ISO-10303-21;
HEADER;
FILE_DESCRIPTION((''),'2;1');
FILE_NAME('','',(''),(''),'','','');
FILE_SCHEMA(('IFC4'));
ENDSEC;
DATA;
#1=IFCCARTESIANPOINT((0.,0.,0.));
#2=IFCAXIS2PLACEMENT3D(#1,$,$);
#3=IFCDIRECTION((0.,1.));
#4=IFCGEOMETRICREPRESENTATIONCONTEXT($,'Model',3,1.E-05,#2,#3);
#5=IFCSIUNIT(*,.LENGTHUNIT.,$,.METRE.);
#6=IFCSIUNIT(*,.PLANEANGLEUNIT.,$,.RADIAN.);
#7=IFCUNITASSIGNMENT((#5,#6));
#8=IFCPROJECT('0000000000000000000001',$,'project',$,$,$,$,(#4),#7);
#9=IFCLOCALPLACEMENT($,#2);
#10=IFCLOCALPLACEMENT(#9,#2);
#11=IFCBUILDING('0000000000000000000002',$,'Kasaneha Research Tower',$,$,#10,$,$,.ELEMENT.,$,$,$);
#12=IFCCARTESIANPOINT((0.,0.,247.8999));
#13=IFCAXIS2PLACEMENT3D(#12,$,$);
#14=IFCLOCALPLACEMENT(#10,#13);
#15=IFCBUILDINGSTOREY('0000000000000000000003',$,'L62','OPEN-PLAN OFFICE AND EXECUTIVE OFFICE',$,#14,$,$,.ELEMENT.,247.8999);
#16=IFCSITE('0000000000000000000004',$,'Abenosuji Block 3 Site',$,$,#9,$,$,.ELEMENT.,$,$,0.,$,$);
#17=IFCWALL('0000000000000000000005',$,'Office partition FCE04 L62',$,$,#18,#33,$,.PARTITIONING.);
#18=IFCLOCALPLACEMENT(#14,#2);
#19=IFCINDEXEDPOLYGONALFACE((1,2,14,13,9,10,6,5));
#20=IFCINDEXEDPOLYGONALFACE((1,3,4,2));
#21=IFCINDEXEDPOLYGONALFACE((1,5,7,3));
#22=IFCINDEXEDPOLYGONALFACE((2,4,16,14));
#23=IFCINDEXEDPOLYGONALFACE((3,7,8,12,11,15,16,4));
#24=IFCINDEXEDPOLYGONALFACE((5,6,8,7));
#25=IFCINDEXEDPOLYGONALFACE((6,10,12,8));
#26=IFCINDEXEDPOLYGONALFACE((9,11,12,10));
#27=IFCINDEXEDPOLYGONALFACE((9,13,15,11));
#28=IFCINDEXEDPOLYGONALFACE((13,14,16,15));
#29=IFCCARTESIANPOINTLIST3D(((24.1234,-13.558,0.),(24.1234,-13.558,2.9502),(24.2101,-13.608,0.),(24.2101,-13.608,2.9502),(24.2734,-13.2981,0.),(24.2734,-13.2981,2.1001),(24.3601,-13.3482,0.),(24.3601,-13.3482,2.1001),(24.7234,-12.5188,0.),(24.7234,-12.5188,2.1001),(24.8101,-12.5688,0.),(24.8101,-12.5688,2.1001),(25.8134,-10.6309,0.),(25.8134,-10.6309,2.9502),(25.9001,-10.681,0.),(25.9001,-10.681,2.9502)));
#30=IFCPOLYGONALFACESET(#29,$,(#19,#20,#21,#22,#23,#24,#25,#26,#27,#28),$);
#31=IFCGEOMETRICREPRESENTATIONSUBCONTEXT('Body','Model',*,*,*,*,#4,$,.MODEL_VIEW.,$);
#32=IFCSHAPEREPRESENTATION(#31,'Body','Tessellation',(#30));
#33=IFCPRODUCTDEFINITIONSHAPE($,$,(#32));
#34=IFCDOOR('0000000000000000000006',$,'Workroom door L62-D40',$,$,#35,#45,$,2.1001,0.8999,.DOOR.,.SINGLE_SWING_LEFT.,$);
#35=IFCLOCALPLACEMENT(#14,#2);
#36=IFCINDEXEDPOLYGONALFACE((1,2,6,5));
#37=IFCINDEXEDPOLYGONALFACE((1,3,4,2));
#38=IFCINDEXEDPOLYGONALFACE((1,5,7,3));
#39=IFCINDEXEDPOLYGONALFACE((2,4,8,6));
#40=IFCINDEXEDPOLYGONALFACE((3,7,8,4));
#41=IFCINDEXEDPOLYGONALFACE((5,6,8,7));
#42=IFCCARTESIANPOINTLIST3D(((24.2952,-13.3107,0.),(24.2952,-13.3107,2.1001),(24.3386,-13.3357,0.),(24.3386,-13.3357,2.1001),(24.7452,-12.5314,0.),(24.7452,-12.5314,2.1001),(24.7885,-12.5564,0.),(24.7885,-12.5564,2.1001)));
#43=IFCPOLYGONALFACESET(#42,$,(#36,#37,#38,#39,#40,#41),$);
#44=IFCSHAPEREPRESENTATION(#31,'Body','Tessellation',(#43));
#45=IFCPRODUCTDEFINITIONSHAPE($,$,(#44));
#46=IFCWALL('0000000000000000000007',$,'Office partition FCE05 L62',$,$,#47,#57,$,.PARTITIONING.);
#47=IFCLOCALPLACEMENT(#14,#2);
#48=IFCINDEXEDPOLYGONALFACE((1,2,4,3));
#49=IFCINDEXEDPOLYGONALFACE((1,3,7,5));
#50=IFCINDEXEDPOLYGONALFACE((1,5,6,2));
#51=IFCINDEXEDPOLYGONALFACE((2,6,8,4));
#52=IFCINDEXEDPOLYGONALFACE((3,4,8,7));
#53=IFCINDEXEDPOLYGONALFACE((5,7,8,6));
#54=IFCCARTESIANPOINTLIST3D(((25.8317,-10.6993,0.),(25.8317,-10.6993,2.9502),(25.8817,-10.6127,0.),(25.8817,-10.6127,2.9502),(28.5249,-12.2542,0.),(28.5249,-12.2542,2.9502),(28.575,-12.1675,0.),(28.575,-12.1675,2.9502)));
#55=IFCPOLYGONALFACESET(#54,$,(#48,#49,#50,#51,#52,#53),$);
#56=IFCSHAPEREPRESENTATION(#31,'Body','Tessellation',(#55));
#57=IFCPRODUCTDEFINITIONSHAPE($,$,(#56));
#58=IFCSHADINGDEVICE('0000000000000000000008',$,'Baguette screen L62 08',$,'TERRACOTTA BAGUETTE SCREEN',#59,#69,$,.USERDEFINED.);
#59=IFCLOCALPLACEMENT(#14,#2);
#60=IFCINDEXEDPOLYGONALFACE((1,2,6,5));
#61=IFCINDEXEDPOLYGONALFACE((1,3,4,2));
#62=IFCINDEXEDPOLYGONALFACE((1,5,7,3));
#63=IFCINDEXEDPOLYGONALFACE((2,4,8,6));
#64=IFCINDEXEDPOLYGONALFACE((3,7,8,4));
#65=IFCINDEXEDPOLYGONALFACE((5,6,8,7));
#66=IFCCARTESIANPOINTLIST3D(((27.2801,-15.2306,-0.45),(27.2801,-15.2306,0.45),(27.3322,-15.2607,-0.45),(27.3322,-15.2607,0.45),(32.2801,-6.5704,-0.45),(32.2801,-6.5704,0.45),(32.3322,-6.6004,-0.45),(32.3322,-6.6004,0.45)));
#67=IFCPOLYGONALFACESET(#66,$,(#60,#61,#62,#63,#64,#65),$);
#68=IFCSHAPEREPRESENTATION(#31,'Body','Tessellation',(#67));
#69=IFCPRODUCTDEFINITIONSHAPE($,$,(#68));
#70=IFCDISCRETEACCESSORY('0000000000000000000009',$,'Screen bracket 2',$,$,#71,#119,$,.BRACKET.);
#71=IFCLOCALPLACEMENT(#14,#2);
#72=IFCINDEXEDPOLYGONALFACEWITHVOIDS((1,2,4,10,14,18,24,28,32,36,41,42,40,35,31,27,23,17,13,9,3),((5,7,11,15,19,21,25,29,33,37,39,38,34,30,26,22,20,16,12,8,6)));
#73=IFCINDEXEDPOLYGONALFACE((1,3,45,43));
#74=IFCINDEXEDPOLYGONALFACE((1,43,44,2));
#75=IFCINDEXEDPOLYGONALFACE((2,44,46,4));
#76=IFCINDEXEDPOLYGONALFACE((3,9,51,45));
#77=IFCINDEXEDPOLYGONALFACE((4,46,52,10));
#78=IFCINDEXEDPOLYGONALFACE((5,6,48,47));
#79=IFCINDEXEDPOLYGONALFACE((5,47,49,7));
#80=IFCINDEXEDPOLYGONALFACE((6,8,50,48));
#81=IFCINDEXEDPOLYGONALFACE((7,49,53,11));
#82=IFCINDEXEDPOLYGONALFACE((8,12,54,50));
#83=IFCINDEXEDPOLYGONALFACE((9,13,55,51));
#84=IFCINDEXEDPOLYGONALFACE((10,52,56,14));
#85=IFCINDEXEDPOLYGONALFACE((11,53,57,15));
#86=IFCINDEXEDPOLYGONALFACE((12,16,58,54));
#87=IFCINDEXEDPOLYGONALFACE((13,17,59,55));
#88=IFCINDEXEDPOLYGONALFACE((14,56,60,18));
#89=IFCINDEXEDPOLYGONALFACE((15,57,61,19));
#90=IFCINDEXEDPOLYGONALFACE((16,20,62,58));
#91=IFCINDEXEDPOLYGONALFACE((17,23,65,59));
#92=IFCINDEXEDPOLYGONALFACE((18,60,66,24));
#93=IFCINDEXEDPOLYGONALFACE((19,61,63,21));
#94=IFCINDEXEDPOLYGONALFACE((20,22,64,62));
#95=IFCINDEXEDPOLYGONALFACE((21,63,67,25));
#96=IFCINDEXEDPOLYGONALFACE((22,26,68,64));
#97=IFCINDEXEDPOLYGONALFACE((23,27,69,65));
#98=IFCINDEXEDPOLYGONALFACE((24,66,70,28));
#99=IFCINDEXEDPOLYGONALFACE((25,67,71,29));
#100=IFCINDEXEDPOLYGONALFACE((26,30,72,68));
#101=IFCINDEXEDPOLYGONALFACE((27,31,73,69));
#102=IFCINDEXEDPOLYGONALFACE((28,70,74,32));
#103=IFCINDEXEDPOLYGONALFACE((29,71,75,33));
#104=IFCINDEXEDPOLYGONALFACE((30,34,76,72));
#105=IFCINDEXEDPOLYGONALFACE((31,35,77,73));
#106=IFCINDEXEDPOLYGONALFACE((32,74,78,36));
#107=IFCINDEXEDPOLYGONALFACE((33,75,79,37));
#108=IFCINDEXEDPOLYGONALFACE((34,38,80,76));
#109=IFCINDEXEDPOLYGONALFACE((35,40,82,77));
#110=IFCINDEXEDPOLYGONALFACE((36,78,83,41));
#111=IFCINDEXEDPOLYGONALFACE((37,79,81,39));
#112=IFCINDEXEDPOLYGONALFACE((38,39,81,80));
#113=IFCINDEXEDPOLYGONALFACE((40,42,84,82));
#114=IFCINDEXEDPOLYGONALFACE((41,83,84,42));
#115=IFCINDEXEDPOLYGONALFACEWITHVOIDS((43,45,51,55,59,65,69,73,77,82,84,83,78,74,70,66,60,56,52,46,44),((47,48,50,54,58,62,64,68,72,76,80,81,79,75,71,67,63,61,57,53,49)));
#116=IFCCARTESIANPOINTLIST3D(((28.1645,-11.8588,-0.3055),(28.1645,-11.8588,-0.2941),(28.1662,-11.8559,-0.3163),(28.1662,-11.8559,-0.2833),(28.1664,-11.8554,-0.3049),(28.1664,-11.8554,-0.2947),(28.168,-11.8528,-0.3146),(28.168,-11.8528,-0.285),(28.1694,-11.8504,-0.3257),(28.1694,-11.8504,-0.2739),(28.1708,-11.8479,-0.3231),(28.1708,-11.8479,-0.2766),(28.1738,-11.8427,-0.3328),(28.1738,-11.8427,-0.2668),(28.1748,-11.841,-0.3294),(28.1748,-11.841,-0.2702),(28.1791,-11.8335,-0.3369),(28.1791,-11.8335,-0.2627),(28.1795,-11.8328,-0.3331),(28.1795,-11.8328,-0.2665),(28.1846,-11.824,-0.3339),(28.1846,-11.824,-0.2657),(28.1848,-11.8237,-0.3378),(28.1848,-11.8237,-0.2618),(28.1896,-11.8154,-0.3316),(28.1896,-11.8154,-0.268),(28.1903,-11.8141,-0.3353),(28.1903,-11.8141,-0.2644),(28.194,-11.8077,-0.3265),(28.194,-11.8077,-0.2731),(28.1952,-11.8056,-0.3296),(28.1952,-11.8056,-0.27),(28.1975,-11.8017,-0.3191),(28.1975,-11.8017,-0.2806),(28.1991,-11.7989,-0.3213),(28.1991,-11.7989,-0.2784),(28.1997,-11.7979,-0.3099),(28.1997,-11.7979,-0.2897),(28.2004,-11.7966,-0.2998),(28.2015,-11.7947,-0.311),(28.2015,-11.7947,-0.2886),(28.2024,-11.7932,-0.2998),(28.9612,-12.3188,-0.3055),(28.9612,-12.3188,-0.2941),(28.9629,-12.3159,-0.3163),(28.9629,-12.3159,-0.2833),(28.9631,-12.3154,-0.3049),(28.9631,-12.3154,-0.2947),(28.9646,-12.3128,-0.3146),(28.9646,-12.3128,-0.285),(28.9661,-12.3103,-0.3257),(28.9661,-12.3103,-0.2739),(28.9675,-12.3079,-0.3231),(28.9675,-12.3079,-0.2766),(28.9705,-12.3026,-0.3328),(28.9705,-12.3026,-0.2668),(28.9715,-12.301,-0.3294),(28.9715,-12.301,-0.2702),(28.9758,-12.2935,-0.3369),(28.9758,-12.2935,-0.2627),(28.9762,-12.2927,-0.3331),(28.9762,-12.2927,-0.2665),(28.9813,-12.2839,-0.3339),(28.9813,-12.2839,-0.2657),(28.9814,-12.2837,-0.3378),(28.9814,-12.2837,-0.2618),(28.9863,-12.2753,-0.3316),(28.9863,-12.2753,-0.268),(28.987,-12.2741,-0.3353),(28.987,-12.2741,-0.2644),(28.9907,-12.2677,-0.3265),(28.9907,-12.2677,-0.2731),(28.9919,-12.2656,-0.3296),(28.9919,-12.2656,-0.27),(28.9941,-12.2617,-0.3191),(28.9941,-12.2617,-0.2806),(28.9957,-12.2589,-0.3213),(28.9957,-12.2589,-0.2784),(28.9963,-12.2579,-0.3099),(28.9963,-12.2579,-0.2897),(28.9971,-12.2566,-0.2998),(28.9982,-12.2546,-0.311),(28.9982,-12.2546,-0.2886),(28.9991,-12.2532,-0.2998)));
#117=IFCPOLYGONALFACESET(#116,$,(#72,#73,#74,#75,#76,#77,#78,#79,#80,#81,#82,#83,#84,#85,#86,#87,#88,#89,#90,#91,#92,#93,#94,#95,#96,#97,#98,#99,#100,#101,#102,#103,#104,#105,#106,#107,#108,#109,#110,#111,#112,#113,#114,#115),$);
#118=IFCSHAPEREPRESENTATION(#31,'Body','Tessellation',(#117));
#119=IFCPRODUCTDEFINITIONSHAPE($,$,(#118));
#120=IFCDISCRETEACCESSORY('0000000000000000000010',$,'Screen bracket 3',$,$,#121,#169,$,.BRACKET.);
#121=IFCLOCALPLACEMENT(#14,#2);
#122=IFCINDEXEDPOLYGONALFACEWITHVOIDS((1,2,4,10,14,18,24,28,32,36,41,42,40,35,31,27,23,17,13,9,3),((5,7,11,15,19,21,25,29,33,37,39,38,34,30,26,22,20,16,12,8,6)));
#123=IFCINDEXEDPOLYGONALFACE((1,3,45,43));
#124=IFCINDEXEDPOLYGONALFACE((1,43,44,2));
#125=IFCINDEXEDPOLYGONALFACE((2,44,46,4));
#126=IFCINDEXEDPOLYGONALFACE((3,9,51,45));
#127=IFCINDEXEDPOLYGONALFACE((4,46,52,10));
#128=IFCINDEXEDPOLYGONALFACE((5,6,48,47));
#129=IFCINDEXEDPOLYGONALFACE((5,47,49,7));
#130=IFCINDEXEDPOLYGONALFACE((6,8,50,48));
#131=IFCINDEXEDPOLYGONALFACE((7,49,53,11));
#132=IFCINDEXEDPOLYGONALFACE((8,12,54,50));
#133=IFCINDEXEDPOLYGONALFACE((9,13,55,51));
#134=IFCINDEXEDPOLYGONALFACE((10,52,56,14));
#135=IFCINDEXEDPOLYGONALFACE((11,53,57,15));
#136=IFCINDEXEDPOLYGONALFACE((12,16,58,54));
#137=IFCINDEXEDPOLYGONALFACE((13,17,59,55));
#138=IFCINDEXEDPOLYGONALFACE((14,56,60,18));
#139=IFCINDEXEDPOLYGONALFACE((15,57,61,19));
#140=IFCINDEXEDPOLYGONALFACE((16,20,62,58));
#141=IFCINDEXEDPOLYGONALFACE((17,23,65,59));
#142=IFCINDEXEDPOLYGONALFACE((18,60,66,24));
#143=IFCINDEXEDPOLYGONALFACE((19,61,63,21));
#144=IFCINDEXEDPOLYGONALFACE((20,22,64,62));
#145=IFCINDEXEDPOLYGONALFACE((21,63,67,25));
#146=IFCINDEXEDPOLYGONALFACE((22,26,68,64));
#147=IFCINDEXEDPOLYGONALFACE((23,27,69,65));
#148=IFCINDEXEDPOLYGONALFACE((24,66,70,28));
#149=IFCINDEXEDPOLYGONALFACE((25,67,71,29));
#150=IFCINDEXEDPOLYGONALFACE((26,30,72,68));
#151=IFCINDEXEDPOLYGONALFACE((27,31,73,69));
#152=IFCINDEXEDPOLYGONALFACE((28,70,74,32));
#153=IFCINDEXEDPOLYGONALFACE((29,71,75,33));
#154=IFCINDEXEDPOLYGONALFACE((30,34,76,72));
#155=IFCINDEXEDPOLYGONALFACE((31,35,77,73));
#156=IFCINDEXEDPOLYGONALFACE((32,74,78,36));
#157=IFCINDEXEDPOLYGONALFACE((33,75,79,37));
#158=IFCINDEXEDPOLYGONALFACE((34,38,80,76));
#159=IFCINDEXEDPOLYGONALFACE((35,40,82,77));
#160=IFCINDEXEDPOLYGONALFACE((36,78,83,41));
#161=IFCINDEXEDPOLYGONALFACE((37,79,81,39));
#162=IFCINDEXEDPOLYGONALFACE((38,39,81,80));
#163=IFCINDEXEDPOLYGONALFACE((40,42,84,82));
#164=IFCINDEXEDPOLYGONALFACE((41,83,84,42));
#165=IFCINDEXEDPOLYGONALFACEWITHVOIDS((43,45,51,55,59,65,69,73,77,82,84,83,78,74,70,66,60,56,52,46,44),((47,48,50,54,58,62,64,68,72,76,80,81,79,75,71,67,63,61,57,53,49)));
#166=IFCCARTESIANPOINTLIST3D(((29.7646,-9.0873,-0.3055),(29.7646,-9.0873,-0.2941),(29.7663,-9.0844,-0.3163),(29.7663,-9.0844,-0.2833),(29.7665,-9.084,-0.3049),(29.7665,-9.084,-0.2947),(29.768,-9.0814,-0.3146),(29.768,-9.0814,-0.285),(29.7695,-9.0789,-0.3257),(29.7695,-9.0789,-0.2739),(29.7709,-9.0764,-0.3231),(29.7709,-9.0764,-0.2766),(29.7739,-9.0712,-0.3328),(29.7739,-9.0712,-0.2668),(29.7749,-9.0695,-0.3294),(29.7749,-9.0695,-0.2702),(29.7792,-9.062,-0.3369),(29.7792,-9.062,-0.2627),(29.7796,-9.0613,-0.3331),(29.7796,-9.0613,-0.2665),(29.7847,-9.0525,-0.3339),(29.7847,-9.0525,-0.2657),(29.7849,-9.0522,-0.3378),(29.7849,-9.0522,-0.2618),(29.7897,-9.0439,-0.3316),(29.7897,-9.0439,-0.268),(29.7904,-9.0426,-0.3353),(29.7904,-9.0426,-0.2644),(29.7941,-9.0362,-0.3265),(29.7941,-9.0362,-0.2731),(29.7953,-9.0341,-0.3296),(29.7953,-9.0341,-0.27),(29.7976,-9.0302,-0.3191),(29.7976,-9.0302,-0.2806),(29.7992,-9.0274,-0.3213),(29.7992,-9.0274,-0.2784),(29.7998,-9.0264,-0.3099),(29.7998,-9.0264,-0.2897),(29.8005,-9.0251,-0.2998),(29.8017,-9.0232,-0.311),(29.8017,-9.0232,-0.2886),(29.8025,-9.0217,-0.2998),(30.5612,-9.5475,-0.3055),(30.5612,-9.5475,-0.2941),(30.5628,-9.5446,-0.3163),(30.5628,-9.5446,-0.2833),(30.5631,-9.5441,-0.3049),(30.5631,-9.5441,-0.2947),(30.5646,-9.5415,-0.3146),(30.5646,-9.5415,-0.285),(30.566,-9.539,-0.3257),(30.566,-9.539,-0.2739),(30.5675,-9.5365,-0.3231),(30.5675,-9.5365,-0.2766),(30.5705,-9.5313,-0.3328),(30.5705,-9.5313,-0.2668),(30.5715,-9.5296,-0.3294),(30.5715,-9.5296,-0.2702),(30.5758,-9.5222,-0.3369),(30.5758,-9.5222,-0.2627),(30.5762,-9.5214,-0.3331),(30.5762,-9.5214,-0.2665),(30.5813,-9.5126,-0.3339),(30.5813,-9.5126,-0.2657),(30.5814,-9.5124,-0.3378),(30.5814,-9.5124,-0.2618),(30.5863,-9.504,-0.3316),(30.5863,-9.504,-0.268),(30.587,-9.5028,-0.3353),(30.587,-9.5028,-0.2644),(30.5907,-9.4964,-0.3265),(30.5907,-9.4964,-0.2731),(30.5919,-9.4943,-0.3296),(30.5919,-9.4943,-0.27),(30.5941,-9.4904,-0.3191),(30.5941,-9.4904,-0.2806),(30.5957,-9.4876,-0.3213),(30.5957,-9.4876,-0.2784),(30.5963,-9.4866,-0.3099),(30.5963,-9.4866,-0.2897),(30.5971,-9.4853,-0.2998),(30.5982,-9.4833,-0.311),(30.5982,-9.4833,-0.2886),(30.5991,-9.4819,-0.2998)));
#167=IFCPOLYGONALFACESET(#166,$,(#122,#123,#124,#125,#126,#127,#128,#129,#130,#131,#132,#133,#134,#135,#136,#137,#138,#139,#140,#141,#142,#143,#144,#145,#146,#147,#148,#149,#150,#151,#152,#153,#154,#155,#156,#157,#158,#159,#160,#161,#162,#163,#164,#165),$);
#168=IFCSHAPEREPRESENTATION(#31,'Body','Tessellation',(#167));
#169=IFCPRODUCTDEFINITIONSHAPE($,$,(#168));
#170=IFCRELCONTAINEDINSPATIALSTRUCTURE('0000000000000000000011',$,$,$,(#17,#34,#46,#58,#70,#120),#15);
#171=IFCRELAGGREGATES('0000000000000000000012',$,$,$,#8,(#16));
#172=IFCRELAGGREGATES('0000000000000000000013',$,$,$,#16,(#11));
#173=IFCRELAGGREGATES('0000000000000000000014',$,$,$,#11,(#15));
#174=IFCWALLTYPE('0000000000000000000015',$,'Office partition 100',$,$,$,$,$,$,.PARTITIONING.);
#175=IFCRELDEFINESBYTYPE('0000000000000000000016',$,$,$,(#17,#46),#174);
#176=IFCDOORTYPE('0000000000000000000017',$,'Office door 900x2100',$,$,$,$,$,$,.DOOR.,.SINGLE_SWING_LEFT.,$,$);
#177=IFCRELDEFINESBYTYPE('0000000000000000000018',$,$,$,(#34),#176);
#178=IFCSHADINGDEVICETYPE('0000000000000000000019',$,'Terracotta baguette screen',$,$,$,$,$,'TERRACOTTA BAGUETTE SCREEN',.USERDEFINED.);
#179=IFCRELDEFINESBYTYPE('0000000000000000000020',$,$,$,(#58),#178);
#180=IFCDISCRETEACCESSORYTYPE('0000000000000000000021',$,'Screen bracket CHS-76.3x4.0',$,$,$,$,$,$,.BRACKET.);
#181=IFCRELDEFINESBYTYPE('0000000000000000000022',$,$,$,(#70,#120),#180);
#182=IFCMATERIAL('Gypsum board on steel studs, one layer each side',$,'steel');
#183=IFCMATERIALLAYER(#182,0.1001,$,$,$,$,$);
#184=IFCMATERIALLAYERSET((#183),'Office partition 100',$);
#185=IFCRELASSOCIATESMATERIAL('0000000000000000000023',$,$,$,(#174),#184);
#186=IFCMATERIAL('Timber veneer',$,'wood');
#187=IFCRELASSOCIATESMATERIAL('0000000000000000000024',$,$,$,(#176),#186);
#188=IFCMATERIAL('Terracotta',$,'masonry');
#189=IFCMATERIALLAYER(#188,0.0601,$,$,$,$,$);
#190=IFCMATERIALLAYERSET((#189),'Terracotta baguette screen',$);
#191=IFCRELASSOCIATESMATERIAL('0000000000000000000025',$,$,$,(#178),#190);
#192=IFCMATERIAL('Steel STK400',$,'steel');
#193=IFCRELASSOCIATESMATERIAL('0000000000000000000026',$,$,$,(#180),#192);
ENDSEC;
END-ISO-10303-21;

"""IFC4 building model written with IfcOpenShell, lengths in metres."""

from ifc_helpers import new_model, si_unit, direction, frame, frame_2d, origin, origin_2d, place, context, subcontext, project, spatial, rectangle, hollow_circle, extrude, material, layer, layer_set, material_profile, profile_set, type_object, element, fill, save


model = new_model("IFC4")

# Units and contexts
model_context = context("Model", 3, precision=1e-05, world=origin(), true_north=direction((0.0, 1.0)))
body_context = subcontext(model_context, "Body", "Model", "MODEL_VIEW")
ifc_project = project(units=[si_unit("LENGTHUNIT", "METRE"), si_unit("PLANEANGLEUNIT", "RADIAN")], contexts=[model_context])

# Site, building, storey
site_placement = place(None, origin())
site = spatial("IfcSite", under=ifc_project, at=site_placement, Name="Abenosuji Block 3 Site", CompositionType="ELEMENT", RefElevation=0.0)
building_placement = place(site_placement, origin())
building = spatial("IfcBuilding", under=site, at=building_placement, Name="Kasaneha Research Tower", CompositionType="ELEMENT")
storey_placement = place(building_placement, frame((0.0, 0.0, 247.8999)))
storey = spatial("IfcBuildingStorey", under=building, at=storey_placement, Name="L62", Description="OPEN-PLAN OFFICE AND EXECUTIVE OFFICE", CompositionType="ELEMENT", Elevation=247.8999)

# Shared definitions
ifc_material_1 = material(Name="Gypsum board on steel studs, one layer each side", Category="steel")
ifc_layer_1 = layer(ifc_material_1, 0.1001)
ifc_layer_set_1 = layer_set([ifc_layer_1], Name="Office partition 100")
wall_type = type_object("IfcWallType", Name="Office partition 100", PredefinedType="PARTITIONING", material=ifc_layer_set_1)

# Shared definitions
ifc_material_2 = material(Name="Timber veneer", Category="wood")
door_type = type_object("IfcDoorType", Name="Office door 900x2100", OperationType="SINGLE_SWING_LEFT", PredefinedType="DOOR", material=ifc_material_2)

# Wall, opening, door
wall_1_placement = place(storey_placement, frame((24.1667, -13.583, 0.0), z_axis=(0.0, 0.0, 1.0), x_axis=(0.500008, 0.866021, 0.0)))
wall_1 = element("IfcWall", 1, at=wall_1_placement, inside=storey, type_object=wall_type, Name="Office partition FCE04 L62", PredefinedType="PARTITIONING", context=body_context, shape_type="SweptSolid", body=[
    extrude(rectangle(XDim=3.3799, YDim=0.1001, at=frame_2d((1.6899, 0.0))), origin(), (0.0, 0.0, 1.0), 2.9502),
])
opening_1_placement = place(wall_1_placement, frame((0.3, 0.0, 0.0)))
opening_1 = element("IfcOpeningElement", 2, at=opening_1_placement, cuts=wall_1, PredefinedType="OPENING", context=body_context, shape_type="SweptSolid", body=[
    extrude(rectangle(XDim=0.8999, YDim=2.1001, at=frame_2d((0.45, 1.05))), frame((0.0, 0.0601, 0.0), z_axis=(0.0, -1.0, 0.0), x_axis=(1.0, 0.0, 0.0)), (0.0, 0.0, 1.0), 0.1201),
])
door_1_placement = place(opening_1_placement, origin())
door_1 = element("IfcDoor", 3, at=door_1_placement, inside=storey, type_object=door_type, Name="Workroom door L62-D40", OperationType="SINGLE_SWING_LEFT", OverallHeight=2.1001, OverallWidth=0.8999, PredefinedType="DOOR", context=body_context, shape_type="SweptSolid", body=[
    extrude(rectangle(XDim=0.8999, YDim=2.1001, at=frame_2d((0.45, 1.05))), frame((0.0, 0.0249, 0.0), z_axis=(0.0, -1.0, 0.0), x_axis=(1.0, 0.0, 0.0)), (0.0, 0.0, 1.0), 0.05),
])
fill(opening_1, door_1)

# Wall
wall_2_placement = place(storey_placement, frame((25.8567, -10.656, 0.0), z_axis=(0.0, 0.0, 1.0), x_axis=(0.866037, -0.499981, 0.0)))
element("IfcWall", 4, at=wall_2_placement, inside=storey, type_object=wall_type, Name="Office partition FCE05 L62", PredefinedType="PARTITIONING", context=body_context, shape_type="SweptSolid", body=[
    extrude(rectangle(XDim=3.1099, YDim=0.1001, at=frame_2d((1.5549, 0.0))), origin(), (0.0, 0.0, 1.0), 2.9502),
])

# Shading device
ifc_material_3 = material(Name="Terracotta", Category="masonry")
ifc_layer_2 = layer(ifc_material_3, 0.0601)
ifc_layer_set_2 = layer_set([ifc_layer_2], Name="Terracotta baguette screen")
shading_device_type = type_object("IfcShadingDeviceType", Name="Terracotta baguette screen", ElementType="TERRACOTTA BAGUETTE SCREEN", PredefinedType="USERDEFINED", material=ifc_layer_set_2)
shading_device_placement = place(storey_placement, frame((29.8062, -10.9155, -0.45), z_axis=(0.0, 0.0, 1.0), x_axis=(0.5, 0.866025, 0.0)))
element("IfcShadingDevice", 5, at=shading_device_placement, inside=storey, type_object=shading_device_type, Name="Baguette screen L62 08", ObjectType="TERRACOTTA BAGUETTE SCREEN", PredefinedType="USERDEFINED", context=body_context, shape_type="SweptSolid", body=[
    extrude(rectangle(XDim=10.0, YDim=0.0601, at=origin_2d()), origin(), (0.0, 0.0, 1.0), 0.8999),
])

# Discrete accessories
ifc_material_4 = material(Name="Steel STK400", Category="steel")
ifc_material_profile_1 = material_profile(ifc_material_4, hollow_circle(Radius=0.0381, WallThickness=0.0039, at=origin_2d()), Name="CHS-76.3x4.0")
ifc_profile_set_1 = profile_set([ifc_material_profile_1], Name="Steel STK400")
discrete_accessory_type = type_object("IfcDiscreteAccessoryType", Name="Screen bracket CHS-76.3x4.0", PredefinedType="BRACKET", material=ifc_profile_set_1)
for number, where, z_axis, x_axis, name in (
    (6, (28.1833, -11.8262, -0.2998), (0.866013, -0.500021, 0.0), (0.500021, 0.866013, 0.0), "Screen bracket 2"),
    (7, (29.7834, -9.0547, -0.2998), (0.865898, -0.50022, 0.0), (0.50022, 0.865898, 0.0), "Screen bracket 3"),
):
    element("IfcDiscreteAccessory", number, at=place(storey_placement, frame(where, z_axis=z_axis, x_axis=x_axis)), inside=storey, type_object=discrete_accessory_type, Name=name, PredefinedType="BRACKET", context=body_context, shape_type="SweptSolid", body=[
        extrude(hollow_circle(Radius=0.0381, WallThickness=0.0039, at=origin_2d()), origin(), (0.0, 0.0, 1.0), 0.9199),
    ])

save(model, "model.ifc")
